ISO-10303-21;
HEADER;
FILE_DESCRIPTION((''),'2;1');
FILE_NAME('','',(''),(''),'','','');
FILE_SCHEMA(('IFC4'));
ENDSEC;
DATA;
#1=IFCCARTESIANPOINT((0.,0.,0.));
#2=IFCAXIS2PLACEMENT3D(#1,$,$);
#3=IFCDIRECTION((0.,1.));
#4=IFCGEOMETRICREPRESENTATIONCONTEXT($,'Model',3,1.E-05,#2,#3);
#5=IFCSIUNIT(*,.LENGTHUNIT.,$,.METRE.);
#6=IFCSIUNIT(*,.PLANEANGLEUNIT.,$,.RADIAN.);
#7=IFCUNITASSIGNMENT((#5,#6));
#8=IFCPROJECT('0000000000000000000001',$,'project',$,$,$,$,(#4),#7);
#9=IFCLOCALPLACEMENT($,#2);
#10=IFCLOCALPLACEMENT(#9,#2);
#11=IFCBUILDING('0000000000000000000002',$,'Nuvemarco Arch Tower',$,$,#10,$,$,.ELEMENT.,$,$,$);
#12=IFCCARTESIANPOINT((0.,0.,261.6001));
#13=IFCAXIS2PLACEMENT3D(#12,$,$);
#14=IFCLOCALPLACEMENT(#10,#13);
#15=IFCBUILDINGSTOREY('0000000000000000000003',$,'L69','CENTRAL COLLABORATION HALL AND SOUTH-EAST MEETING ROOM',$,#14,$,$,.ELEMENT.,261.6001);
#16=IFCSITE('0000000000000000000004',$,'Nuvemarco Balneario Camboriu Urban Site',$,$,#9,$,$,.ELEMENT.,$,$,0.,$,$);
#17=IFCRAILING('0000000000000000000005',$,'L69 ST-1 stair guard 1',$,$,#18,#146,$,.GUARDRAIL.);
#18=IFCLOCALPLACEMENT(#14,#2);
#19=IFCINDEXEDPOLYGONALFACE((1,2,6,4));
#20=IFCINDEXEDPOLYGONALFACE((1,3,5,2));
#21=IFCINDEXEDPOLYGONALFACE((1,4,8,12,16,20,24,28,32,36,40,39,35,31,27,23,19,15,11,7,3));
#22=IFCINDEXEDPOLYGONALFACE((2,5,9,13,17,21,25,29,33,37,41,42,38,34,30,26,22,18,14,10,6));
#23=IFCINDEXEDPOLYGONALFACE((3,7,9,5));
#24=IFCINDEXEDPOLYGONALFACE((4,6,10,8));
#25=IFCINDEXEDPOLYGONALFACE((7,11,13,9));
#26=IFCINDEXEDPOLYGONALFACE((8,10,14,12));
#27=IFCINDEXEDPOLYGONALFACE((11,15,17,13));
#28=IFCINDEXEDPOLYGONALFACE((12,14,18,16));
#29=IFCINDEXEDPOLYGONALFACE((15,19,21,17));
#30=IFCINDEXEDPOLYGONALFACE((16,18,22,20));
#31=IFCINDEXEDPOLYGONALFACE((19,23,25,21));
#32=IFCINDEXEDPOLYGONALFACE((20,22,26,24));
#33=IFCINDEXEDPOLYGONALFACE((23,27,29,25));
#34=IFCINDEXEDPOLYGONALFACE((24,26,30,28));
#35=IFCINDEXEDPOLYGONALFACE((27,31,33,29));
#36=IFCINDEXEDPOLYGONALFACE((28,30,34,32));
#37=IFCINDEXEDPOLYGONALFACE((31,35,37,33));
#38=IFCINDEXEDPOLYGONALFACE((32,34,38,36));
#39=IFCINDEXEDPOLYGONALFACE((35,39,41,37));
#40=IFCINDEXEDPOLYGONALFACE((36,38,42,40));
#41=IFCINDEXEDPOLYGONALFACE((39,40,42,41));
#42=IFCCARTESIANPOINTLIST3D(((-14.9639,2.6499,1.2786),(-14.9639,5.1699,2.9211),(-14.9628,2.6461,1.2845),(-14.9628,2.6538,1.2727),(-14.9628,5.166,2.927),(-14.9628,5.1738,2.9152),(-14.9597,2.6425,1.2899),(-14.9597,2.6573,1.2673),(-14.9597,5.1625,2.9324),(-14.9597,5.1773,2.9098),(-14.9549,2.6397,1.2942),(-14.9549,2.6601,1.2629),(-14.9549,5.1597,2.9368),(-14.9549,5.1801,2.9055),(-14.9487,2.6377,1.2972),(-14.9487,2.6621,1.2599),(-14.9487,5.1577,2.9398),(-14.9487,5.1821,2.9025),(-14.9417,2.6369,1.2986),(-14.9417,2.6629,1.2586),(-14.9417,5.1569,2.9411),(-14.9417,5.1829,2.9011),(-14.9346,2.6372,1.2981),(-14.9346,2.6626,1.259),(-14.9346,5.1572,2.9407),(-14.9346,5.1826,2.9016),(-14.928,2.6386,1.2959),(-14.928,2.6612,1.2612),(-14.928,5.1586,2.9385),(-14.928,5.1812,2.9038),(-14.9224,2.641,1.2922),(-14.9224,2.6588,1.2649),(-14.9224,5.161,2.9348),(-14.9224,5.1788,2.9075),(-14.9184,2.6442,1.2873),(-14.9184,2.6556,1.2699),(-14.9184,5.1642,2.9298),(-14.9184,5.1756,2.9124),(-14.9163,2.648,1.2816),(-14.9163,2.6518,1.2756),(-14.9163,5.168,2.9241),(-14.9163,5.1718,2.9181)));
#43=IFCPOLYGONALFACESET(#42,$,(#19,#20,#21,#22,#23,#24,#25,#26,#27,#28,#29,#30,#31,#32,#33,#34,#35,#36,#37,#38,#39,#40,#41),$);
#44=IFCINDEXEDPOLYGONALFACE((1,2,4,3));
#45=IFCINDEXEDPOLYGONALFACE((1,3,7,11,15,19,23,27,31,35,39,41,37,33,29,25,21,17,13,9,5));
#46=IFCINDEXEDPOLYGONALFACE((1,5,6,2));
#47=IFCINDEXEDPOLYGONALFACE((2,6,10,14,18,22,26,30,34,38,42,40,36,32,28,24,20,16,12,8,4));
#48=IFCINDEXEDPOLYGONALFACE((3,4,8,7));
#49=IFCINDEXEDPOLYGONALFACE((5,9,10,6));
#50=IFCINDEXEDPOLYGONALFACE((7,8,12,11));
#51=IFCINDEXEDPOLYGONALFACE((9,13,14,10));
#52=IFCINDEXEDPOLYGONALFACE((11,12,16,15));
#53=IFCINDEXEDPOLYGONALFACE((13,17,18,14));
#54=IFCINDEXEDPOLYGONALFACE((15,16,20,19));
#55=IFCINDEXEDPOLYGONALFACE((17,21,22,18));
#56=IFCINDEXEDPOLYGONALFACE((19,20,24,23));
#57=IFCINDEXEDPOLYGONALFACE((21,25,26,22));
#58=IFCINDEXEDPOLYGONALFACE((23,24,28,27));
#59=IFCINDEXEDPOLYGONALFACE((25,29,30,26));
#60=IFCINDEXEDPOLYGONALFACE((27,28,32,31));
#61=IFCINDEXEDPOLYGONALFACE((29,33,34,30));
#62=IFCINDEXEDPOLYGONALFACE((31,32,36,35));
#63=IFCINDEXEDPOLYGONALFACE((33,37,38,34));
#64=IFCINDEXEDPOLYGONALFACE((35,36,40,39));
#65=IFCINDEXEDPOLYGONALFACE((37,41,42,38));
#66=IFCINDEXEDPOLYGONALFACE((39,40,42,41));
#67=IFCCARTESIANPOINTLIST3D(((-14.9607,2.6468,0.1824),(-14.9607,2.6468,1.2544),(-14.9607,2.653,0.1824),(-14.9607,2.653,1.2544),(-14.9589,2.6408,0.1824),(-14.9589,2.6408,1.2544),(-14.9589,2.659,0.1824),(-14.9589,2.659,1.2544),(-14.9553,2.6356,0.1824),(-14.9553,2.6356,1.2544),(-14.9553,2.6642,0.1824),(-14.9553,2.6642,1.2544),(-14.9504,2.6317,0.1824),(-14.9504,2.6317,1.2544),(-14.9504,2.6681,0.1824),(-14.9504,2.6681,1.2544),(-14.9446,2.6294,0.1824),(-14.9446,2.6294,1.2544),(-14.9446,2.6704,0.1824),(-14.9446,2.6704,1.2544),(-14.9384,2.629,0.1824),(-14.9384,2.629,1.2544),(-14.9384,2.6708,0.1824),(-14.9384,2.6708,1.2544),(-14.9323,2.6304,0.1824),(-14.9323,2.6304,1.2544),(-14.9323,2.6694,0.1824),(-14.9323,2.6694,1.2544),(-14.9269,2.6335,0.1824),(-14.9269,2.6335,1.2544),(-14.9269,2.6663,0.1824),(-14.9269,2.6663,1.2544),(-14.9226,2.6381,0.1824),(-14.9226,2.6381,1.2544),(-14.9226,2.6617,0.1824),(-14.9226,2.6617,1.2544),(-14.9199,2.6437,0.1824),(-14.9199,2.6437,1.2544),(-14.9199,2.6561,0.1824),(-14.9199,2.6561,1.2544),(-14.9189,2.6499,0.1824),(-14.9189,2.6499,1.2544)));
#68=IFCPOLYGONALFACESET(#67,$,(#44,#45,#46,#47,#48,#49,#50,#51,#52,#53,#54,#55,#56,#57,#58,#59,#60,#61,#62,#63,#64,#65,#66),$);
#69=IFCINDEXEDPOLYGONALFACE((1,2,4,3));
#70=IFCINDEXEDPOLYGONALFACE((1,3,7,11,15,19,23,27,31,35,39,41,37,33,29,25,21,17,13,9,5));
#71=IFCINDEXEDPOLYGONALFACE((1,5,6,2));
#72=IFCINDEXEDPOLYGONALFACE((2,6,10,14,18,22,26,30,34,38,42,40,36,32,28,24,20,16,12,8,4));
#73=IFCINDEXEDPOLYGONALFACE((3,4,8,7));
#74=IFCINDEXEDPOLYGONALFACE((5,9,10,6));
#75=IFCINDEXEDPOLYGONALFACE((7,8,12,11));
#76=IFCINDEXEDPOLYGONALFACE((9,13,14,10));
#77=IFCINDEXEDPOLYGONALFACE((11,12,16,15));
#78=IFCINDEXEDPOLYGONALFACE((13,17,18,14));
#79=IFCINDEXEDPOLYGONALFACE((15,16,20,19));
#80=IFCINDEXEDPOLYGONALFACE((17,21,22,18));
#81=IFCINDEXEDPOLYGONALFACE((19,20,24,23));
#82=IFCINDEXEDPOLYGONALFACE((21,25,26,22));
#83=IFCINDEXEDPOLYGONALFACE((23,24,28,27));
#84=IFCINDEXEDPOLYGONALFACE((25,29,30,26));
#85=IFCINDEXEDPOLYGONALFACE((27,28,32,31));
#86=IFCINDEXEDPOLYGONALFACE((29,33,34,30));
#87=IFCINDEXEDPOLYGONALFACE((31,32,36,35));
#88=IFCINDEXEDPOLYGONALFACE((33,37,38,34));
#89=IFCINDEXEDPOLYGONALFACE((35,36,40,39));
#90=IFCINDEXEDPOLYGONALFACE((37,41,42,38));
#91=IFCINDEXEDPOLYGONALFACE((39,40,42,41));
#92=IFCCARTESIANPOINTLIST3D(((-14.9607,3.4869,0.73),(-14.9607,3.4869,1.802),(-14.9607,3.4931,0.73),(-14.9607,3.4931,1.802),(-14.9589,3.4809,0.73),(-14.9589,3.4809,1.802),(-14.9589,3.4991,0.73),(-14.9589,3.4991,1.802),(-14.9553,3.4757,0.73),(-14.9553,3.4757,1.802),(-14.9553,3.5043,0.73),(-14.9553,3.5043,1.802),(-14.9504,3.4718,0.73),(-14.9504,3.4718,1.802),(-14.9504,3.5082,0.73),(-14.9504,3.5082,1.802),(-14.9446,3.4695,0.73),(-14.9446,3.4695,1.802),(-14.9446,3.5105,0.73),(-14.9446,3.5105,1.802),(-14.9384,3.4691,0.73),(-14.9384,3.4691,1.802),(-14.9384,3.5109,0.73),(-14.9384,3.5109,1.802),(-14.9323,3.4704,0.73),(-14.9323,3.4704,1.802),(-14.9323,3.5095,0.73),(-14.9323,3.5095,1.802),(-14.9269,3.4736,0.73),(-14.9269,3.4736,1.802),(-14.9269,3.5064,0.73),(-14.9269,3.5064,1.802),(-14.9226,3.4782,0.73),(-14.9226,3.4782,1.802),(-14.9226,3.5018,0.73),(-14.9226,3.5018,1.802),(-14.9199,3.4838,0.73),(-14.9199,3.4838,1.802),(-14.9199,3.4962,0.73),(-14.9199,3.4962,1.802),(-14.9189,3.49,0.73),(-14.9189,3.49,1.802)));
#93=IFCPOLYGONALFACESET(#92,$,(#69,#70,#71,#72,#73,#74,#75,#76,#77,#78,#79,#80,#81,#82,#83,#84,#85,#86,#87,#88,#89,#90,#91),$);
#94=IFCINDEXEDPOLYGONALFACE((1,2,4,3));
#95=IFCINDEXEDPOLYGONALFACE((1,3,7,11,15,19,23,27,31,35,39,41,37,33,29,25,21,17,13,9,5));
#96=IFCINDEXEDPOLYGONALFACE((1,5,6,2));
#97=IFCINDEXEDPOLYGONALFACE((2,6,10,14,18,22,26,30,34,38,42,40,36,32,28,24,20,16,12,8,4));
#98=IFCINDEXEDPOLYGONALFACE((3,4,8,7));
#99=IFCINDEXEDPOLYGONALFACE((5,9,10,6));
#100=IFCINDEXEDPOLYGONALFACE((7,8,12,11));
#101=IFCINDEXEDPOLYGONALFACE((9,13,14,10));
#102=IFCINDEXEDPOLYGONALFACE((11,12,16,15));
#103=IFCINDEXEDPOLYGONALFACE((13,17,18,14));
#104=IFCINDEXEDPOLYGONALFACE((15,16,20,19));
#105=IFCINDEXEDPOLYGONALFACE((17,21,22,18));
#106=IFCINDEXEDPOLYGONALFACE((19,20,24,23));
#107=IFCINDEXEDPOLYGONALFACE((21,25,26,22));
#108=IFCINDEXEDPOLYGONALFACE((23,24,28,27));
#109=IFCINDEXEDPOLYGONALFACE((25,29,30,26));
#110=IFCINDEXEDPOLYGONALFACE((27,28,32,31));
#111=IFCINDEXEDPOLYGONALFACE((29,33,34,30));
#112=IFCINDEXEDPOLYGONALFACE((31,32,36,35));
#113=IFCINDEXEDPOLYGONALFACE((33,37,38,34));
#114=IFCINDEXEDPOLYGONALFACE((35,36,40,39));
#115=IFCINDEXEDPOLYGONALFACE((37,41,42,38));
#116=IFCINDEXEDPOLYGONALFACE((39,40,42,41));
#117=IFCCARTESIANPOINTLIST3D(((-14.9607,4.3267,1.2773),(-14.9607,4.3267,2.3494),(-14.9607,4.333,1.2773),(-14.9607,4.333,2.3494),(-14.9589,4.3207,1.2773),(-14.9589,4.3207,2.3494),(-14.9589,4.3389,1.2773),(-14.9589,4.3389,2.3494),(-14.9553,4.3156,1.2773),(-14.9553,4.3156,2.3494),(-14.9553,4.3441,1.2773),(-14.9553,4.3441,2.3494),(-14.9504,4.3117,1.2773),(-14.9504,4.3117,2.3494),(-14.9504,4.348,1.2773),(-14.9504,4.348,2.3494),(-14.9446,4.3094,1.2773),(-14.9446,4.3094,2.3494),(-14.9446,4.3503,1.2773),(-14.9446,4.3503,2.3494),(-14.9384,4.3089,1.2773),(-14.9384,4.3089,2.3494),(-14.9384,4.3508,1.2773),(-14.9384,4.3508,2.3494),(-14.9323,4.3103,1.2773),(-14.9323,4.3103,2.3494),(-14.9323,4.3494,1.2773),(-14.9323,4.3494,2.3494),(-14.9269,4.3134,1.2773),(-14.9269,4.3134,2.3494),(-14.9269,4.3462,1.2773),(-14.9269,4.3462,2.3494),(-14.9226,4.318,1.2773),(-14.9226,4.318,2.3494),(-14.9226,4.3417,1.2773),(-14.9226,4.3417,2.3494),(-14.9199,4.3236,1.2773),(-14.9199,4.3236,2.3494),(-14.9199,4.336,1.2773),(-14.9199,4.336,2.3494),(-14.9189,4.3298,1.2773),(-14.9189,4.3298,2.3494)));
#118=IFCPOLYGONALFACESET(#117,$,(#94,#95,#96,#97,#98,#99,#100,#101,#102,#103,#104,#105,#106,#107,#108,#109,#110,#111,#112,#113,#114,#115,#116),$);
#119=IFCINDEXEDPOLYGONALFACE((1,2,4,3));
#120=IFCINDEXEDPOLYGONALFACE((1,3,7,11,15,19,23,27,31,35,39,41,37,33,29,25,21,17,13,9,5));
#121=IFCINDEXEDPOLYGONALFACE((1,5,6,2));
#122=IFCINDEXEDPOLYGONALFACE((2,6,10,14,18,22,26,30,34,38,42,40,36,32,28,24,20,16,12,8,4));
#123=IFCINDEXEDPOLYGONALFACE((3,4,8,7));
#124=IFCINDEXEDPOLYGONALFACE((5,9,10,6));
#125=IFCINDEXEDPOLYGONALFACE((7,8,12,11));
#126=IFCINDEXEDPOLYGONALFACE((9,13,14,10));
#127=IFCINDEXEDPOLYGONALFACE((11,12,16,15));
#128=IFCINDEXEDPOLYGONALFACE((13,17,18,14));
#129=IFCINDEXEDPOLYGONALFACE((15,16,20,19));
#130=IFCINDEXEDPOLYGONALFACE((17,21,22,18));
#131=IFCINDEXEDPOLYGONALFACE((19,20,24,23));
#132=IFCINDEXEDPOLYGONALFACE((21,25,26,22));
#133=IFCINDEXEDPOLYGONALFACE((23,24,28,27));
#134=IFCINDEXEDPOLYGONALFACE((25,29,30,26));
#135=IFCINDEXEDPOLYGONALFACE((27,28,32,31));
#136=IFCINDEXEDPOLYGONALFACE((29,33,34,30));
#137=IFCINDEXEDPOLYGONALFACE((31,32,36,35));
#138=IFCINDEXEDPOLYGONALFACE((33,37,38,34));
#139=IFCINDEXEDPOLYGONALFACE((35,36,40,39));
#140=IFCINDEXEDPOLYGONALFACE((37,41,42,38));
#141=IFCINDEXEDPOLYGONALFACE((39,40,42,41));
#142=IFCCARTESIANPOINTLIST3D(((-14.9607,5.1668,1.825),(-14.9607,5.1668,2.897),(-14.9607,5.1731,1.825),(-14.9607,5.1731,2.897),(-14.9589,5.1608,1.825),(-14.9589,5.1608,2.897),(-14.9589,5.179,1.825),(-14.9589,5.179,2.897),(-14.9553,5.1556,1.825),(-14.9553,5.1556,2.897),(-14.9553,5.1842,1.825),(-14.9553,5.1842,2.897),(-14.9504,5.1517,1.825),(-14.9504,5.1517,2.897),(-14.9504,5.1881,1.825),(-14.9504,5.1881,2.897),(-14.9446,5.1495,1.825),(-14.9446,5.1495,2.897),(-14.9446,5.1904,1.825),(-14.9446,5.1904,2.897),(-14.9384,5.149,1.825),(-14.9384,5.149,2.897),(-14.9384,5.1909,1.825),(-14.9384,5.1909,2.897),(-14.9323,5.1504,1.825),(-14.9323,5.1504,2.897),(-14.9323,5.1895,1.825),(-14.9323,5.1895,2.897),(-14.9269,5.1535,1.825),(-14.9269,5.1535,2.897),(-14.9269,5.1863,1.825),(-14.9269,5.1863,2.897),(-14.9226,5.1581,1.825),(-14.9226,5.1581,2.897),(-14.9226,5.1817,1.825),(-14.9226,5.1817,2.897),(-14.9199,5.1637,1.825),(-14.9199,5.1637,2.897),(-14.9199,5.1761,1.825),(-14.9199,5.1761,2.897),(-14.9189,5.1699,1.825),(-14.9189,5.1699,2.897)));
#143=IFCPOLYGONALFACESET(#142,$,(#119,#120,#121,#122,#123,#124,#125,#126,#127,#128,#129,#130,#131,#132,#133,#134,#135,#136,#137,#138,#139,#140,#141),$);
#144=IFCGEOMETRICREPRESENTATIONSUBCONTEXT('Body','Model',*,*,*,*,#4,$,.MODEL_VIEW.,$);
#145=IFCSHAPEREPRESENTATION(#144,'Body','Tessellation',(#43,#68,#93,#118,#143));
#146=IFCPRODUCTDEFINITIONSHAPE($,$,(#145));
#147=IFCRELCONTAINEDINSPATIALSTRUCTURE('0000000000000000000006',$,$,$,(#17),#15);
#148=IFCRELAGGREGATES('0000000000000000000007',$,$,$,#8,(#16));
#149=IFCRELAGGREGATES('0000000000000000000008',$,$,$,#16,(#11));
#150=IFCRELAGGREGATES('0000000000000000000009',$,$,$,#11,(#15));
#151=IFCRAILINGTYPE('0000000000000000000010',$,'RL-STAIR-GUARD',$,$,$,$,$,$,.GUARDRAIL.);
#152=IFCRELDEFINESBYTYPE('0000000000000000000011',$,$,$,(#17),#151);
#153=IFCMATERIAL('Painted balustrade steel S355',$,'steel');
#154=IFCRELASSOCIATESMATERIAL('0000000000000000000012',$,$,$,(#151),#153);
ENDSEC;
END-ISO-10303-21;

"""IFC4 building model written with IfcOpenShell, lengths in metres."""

from ifc_helpers import new_model, si_unit, direction, frame, origin, origin_2d, place, context, subcontext, project, spatial, circle, extrude, material, type_object, element, save


model = new_model("IFC4")

# Units and contexts
model_context = context("Model", 3, precision=1e-05, world=origin(), true_north=direction((0.0, 1.0)))
body_context = subcontext(model_context, "Body", "Model", "MODEL_VIEW")
ifc_project = project(units=[si_unit("LENGTHUNIT", "METRE"), si_unit("PLANEANGLEUNIT", "RADIAN")], contexts=[model_context])

# Site, building, storey
site_placement = place(None, origin())
site = spatial("IfcSite", under=ifc_project, at=site_placement, Name="Nuvemarco Balneario Camboriu Urban Site", CompositionType="ELEMENT", RefElevation=0.0)
building_placement = place(site_placement, origin())
building = spatial("IfcBuilding", under=site, at=building_placement, Name="Nuvemarco Arch Tower", CompositionType="ELEMENT")
storey_placement = place(building_placement, frame((0.0, 0.0, 261.6001)))
storey = spatial("IfcBuildingStorey", under=building, at=storey_placement, Name="L69", Description="CENTRAL COLLABORATION HALL AND SOUTH-EAST MEETING ROOM", CompositionType="ELEMENT", Elevation=261.6001)

# Railing
ifc_material_1 = material(Name="Painted balustrade steel S355", Category="steel")
railing_type_1 = type_object("IfcRailingType", Name="RL-STAIR-GUARD", PredefinedType="GUARDRAIL", material=ifc_material_1)
railing_1_placement = place(storey_placement, frame((-14.9399, 2.6499, 0.1824)))
element("IfcRailing", 1, at=railing_1_placement, inside=storey, type_object=railing_type_1, Name="L69 ST-1 stair guard 1", PredefinedType="GUARDRAIL", context=body_context, shape_type="SweptSolid", body=[
    extrude(circle(Radius=0.0239, at=origin_2d()), frame((0.0, 0.0, 1.0962), z_axis=(0.0, 0.837749, 0.546055), x_axis=(-1.0, 0.0, 0.0)), (0.0, 0.0, 1.0), 3.0081),
    extrude(circle(Radius=0.021, at=origin_2d()), origin(), (0.0, 0.0, 1.0), 1.072),
    extrude(circle(Radius=0.021, at=origin_2d()), frame((0.0, 0.8401, 0.5476)), (0.0, 0.0, 1.0), 1.072),
    extrude(circle(Radius=0.021, at=origin_2d()), frame((0.0, 1.6799, 1.095)), (0.0, 0.0, 1.0), 1.072),
    extrude(circle(Radius=0.021, at=origin_2d()), frame((0.0, 2.52, 1.6426)), (0.0, 0.0, 1.0), 1.072),
])

save(model, "model.ifc")
